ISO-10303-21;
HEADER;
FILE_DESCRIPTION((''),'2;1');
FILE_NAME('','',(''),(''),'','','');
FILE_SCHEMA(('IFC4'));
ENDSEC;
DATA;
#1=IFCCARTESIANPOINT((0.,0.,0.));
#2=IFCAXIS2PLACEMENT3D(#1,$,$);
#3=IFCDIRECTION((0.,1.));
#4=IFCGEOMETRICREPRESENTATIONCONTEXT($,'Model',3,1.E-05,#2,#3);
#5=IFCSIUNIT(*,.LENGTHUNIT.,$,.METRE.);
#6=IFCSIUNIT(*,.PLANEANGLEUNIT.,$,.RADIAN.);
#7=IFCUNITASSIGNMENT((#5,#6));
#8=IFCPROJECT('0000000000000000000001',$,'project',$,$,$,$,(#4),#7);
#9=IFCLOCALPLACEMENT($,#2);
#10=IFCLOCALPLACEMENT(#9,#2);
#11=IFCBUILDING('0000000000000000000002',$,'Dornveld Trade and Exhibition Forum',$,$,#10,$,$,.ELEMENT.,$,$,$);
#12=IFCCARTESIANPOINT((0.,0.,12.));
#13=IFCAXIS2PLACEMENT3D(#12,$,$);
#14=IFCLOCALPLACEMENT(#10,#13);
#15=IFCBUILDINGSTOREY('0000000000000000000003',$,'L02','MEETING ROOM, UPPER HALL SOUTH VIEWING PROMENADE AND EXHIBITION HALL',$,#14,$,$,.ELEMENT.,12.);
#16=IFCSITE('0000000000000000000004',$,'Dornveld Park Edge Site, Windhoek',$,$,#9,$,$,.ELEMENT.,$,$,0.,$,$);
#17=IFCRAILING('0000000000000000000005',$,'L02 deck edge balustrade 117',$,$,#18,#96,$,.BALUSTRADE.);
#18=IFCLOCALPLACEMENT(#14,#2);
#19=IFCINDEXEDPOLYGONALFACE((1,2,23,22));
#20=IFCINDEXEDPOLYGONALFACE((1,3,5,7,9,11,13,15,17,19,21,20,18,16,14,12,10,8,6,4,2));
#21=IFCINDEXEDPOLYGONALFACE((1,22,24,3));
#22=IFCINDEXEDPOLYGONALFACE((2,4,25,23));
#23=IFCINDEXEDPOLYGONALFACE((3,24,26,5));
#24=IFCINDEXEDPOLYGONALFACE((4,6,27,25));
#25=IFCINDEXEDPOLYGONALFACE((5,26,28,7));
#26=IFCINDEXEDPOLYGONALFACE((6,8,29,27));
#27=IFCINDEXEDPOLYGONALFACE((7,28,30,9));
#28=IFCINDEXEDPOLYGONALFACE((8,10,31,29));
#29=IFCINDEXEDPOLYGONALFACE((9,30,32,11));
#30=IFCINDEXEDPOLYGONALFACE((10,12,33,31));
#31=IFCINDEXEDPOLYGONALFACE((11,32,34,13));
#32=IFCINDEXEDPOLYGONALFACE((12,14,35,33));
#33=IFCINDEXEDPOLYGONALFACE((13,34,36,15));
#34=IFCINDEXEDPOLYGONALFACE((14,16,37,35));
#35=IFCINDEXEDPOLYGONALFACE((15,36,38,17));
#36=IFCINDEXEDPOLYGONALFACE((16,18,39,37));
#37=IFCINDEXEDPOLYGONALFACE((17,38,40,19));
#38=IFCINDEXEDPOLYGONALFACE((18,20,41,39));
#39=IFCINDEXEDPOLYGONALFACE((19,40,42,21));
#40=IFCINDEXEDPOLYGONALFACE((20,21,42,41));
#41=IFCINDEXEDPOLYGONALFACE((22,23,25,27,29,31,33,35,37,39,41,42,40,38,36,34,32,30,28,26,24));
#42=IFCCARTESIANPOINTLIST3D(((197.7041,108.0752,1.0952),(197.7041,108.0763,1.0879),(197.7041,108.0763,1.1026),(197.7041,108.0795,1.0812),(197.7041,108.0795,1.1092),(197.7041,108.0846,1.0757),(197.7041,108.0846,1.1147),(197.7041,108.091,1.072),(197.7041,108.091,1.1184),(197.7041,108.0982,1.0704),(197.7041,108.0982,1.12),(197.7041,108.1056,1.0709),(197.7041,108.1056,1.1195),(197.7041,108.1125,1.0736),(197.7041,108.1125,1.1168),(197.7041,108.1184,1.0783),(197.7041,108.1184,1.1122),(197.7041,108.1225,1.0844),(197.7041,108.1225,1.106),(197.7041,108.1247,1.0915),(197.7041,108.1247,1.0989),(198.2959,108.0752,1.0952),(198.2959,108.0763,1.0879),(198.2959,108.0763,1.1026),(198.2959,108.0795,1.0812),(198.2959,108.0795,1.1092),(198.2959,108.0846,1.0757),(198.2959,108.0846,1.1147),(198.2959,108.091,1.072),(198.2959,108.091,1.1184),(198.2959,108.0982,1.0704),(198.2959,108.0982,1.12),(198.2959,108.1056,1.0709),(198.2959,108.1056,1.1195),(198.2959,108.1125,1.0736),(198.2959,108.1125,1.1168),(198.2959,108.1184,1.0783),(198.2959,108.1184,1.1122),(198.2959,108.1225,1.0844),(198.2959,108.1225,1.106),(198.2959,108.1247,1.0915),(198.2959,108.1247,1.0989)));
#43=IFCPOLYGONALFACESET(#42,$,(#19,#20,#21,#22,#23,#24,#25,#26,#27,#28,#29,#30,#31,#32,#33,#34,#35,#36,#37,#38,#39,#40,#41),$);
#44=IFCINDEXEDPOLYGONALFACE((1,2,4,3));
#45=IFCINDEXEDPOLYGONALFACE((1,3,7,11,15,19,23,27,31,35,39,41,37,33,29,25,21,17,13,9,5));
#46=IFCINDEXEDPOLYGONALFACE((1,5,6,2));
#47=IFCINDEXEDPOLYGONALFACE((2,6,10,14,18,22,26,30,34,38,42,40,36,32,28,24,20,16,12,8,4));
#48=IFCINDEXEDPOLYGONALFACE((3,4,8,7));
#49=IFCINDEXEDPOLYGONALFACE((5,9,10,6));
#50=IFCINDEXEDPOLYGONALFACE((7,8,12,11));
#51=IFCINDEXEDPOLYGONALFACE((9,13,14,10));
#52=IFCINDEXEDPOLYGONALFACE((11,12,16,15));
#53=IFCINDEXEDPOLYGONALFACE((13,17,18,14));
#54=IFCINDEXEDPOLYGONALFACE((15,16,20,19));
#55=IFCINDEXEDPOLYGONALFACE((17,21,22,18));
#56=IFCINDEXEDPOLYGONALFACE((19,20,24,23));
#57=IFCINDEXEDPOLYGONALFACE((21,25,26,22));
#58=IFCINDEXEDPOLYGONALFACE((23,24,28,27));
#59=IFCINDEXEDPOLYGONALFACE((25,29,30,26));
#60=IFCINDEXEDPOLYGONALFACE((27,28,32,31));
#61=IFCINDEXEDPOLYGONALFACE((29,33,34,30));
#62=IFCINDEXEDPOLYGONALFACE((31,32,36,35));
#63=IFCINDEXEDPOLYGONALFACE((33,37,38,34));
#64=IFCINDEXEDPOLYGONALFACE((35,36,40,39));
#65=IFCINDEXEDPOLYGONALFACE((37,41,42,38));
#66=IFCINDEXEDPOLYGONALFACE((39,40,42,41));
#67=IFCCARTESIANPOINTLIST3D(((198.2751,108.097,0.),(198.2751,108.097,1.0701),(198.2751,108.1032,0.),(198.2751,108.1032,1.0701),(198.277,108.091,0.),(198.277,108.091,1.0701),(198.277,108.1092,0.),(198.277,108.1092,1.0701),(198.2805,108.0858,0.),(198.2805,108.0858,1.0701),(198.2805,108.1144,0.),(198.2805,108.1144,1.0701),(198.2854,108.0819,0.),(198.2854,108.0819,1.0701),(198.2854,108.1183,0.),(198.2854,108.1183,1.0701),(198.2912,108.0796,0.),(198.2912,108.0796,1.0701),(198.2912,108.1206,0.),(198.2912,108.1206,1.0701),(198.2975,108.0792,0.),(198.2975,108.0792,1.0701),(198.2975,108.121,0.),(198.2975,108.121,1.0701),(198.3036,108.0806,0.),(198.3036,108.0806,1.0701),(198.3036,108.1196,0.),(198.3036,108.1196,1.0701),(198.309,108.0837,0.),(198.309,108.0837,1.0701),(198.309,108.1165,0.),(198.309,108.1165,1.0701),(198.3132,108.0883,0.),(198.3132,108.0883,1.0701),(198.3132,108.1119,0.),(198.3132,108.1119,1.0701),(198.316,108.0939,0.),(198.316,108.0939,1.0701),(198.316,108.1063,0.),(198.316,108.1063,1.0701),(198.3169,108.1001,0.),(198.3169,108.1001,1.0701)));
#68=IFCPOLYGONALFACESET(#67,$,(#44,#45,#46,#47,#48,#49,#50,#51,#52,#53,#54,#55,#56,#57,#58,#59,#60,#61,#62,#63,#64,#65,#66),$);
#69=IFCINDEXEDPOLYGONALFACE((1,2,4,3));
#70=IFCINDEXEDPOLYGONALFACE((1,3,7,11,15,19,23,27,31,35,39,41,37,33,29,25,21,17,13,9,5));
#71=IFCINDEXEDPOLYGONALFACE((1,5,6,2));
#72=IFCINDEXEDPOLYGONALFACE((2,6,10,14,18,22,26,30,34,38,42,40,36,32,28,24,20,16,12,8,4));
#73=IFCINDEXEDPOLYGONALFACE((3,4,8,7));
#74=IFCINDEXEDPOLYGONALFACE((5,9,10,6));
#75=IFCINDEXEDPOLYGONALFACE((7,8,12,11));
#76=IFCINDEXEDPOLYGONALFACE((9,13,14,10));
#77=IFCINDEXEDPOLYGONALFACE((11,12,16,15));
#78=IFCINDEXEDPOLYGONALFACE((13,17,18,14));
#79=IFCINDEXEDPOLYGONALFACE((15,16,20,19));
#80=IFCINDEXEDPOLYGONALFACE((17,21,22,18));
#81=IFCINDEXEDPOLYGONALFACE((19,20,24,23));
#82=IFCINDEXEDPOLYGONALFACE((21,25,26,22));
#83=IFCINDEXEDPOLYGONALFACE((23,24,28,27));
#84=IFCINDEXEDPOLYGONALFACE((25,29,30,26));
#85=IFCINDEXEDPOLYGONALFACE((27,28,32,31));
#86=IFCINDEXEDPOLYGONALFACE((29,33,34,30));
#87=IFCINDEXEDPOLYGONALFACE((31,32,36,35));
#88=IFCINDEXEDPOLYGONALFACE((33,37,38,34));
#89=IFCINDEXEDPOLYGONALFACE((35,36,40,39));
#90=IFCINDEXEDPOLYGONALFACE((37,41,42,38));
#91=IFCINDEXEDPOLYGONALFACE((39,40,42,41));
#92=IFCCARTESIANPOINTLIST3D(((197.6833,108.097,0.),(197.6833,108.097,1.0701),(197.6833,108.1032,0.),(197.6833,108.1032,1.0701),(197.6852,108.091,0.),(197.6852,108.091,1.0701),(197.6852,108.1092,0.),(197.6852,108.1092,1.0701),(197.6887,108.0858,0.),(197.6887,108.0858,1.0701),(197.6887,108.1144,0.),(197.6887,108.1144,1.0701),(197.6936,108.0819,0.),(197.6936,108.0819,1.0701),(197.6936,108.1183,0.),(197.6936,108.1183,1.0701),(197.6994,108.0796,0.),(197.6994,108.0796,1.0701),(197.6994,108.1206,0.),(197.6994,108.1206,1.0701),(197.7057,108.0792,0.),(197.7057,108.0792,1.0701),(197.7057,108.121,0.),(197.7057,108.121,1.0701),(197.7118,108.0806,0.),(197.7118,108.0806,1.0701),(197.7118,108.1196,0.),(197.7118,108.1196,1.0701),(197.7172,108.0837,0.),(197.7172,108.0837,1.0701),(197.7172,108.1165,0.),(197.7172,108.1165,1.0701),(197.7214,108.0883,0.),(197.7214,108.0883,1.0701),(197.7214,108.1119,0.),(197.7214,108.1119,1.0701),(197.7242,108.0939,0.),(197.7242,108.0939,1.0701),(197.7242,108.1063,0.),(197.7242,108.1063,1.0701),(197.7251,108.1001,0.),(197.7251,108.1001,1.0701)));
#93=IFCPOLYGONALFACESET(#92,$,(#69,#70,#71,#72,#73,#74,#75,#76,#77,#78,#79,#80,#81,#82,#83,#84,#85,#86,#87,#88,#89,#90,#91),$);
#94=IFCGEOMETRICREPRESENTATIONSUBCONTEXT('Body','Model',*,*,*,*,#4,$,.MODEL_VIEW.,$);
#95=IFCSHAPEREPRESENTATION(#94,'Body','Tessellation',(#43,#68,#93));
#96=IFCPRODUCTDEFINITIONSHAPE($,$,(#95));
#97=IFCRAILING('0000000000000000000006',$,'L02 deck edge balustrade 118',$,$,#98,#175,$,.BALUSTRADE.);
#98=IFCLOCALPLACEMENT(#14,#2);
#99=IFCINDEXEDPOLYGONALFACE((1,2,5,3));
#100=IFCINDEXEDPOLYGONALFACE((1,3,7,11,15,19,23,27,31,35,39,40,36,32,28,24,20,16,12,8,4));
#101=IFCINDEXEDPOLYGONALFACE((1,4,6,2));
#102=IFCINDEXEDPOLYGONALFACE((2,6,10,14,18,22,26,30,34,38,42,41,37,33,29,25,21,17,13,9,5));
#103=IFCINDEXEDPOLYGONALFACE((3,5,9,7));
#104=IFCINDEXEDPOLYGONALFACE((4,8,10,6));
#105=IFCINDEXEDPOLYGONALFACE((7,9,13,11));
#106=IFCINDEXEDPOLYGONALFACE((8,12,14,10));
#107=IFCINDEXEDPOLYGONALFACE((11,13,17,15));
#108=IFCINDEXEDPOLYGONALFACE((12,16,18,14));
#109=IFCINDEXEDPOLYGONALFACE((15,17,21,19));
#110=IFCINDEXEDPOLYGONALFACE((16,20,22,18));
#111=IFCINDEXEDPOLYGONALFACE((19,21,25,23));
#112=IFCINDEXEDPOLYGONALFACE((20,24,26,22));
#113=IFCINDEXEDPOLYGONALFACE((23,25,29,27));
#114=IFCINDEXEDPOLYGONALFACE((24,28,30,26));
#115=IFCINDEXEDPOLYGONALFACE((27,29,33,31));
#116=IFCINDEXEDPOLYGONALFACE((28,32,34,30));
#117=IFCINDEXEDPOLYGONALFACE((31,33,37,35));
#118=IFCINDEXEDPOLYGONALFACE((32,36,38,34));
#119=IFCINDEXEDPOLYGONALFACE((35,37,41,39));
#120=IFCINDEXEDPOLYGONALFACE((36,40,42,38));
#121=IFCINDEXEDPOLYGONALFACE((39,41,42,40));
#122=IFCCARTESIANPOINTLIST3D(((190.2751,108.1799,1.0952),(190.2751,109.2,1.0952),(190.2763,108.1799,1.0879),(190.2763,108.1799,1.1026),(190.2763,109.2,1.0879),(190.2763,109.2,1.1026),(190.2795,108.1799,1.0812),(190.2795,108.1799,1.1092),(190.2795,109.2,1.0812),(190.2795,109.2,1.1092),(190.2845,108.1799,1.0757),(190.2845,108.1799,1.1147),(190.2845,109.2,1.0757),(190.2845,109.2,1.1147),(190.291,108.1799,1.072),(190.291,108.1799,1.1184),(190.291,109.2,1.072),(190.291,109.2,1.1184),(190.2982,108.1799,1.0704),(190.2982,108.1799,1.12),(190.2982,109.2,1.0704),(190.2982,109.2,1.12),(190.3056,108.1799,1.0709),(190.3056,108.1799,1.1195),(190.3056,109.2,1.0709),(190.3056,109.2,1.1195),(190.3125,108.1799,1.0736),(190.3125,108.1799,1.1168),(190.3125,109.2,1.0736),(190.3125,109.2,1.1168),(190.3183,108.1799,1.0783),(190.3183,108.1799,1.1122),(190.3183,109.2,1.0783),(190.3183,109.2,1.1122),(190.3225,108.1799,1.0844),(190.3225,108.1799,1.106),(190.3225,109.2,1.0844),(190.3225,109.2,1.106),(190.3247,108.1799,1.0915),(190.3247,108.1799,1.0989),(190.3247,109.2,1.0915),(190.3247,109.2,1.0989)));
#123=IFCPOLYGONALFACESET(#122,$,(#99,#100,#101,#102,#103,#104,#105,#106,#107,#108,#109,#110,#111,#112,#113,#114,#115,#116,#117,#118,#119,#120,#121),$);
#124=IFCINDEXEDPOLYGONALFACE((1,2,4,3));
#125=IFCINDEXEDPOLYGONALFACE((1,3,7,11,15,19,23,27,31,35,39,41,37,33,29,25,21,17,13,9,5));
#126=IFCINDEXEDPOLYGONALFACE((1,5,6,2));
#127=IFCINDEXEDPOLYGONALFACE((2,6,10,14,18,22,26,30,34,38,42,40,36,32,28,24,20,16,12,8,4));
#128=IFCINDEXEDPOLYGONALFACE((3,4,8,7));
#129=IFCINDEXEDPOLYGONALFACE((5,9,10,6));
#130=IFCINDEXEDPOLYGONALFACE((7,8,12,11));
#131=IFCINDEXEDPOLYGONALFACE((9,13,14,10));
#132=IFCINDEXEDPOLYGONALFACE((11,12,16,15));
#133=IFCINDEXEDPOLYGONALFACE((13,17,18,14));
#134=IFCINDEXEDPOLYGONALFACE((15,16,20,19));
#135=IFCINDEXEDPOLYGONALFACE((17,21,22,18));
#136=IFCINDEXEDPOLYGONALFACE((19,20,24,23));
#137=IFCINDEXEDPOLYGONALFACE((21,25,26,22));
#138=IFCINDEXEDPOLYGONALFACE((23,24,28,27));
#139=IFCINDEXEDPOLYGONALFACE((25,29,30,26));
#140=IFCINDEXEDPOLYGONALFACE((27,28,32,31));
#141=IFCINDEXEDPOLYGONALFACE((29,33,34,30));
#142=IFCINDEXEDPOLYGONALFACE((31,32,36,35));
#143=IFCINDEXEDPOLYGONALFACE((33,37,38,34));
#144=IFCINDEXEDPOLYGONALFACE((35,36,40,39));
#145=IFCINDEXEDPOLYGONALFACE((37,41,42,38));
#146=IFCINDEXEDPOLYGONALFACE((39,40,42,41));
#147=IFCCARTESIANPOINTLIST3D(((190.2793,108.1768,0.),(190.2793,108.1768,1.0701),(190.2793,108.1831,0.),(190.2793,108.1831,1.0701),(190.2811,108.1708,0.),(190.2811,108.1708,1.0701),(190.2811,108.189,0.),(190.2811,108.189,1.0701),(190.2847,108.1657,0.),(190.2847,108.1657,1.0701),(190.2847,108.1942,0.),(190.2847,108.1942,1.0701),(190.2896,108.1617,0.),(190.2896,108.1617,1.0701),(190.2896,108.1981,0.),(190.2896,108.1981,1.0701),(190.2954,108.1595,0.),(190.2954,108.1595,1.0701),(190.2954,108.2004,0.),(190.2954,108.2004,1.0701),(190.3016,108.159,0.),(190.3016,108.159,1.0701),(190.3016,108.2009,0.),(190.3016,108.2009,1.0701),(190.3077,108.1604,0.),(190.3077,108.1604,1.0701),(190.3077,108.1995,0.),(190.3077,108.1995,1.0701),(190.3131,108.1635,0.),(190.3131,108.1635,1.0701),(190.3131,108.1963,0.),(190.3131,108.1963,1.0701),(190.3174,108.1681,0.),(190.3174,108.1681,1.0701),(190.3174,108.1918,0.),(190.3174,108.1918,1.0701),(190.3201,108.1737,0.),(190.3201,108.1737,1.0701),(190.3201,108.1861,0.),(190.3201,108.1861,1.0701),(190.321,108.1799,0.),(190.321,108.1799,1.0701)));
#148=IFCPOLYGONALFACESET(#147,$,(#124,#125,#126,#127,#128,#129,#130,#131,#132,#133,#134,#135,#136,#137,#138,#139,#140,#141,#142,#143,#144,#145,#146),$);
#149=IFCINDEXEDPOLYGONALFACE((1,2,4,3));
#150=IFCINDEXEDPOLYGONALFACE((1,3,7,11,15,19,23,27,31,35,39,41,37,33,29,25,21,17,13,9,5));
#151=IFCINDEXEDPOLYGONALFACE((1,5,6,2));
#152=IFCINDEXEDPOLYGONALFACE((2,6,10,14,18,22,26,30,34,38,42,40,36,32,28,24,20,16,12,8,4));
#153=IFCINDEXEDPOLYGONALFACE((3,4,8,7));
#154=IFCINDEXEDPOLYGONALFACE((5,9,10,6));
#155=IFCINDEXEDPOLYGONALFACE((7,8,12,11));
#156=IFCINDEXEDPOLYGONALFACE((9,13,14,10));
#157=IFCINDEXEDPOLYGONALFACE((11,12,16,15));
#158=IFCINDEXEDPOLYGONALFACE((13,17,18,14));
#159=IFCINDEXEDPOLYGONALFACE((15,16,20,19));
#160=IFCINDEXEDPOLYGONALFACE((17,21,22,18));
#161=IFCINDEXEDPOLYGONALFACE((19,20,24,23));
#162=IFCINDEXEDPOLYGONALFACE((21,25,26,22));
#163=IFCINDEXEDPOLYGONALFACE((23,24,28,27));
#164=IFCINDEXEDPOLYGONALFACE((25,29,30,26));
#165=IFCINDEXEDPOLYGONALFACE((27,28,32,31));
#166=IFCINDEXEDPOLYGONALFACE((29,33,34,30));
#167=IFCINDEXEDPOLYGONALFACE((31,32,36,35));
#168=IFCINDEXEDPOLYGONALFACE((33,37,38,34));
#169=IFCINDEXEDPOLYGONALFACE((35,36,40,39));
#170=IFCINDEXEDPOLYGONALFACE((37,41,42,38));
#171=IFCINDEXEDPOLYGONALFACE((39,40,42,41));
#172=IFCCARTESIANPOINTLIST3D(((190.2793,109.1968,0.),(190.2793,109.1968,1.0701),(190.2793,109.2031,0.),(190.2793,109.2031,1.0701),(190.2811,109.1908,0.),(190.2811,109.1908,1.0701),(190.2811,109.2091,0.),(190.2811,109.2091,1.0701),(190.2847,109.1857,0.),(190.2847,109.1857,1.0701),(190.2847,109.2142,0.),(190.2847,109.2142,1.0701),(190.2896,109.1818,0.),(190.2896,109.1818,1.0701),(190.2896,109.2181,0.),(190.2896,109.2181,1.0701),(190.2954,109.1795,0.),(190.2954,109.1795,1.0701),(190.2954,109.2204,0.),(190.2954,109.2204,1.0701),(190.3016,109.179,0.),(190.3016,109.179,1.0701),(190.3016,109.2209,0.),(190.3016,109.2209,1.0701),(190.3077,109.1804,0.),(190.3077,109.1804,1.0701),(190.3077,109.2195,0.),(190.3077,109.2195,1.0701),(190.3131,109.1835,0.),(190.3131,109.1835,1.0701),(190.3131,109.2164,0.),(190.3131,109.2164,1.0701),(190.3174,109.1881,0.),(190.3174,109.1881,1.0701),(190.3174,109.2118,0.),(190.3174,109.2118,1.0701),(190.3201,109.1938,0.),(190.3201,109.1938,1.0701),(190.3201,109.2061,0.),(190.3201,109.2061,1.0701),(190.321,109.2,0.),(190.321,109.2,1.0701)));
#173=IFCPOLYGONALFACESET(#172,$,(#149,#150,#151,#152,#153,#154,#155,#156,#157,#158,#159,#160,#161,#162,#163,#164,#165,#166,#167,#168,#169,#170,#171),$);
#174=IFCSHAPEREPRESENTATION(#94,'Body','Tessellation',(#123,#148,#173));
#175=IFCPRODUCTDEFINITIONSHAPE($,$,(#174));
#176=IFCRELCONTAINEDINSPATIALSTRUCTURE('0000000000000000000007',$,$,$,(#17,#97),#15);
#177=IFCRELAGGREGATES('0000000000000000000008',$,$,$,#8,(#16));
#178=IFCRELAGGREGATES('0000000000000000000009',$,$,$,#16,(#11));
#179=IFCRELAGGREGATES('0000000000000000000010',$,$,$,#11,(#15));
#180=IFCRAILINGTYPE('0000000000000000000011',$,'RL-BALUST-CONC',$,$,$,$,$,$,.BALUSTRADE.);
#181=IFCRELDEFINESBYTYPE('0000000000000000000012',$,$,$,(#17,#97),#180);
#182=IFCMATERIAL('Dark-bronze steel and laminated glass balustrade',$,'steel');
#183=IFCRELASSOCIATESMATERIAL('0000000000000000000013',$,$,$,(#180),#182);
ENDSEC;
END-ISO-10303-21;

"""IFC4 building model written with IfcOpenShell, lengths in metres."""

from ifc_helpers import new_model, si_unit, direction, frame, origin, origin_2d, place, context, subcontext, project, spatial, circle, extrude, material, type_object, element, save


model = new_model("IFC4")

# Units and contexts
model_context = context("Model", 3, precision=1e-05, world=origin(), true_north=direction((0.0, 1.0)))
body_context = subcontext(model_context, "Body", "Model", "MODEL_VIEW")
ifc_project = project(units=[si_unit("LENGTHUNIT", "METRE"), si_unit("PLANEANGLEUNIT", "RADIAN")], contexts=[model_context])

# Site, building, storey
site_placement = place(None, origin())
site = spatial("IfcSite", under=ifc_project, at=site_placement, Name="Dornveld Park Edge Site, Windhoek", CompositionType="ELEMENT", RefElevation=0.0)
building_placement = place(site_placement, origin())
building = spatial("IfcBuilding", under=site, at=building_placement, Name="Dornveld Trade and Exhibition Forum", CompositionType="ELEMENT")
storey_placement = place(building_placement, frame((0.0, 0.0, 12.0)))
storey = spatial("IfcBuildingStorey", under=building, at=storey_placement, Name="L02", Description="MEETING ROOM, UPPER HALL SOUTH VIEWING PROMENADE AND EXHIBITION HALL", CompositionType="ELEMENT", Elevation=12.0)

# Railings
ifc_material_1 = material(Name="Dark-bronze steel and laminated glass balustrade", Category="steel")
railing_type = type_object("IfcRailingType", Name="RL-BALUST-CONC", PredefinedType="BALUSTRADE", material=ifc_material_1)
railing_1_placement = place(storey_placement, frame((198.2959, 108.1001, 0.0)))
element("IfcRailing", 1, at=railing_1_placement, inside=storey, type_object=railing_type, Name="L02 deck edge balustrade 117", PredefinedType="BALUSTRADE", context=body_context, shape_type="SweptSolid", body=[
    extrude(circle(Radius=0.0249, at=origin_2d()), frame((0.0, 0.0, 1.0952), z_axis=(-1.0, 0.0, 0.0), x_axis=(0.0, -1.0, 0.0)), (0.0, 0.0, 1.0), 0.5918),
    extrude(circle(Radius=0.021, at=origin_2d()), origin(), (0.0, 0.0, 1.0), 1.0701),
    extrude(circle(Radius=0.021, at=origin_2d()), frame((-0.5918, 0.0, 0.0)), (0.0, 0.0, 1.0), 1.0701),
])
railing_2_placement = place(storey_placement, frame((190.3, 108.1799, 0.0)))
element("IfcRailing", 2, at=railing_2_placement, inside=storey, type_object=railing_type, Name="L02 deck edge balustrade 118", PredefinedType="BALUSTRADE", context=body_context, shape_type="SweptSolid", body=[
    extrude(circle(Radius=0.0249, at=origin_2d()), frame((0.0, 0.0, 1.0952), z_axis=(0.0, 1.0, 0.0), x_axis=(-1.0, 0.0, 0.0)), (0.0, 0.0, 1.0), 1.02),
    extrude(circle(Radius=0.021, at=origin_2d()), origin(), (0.0, 0.0, 1.0), 1.0701),
    extrude(circle(Radius=0.021, at=origin_2d()), frame((0.0, 1.02, 0.0)), (0.0, 0.0, 1.0), 1.0701),
])

save(model, "model.ifc")
